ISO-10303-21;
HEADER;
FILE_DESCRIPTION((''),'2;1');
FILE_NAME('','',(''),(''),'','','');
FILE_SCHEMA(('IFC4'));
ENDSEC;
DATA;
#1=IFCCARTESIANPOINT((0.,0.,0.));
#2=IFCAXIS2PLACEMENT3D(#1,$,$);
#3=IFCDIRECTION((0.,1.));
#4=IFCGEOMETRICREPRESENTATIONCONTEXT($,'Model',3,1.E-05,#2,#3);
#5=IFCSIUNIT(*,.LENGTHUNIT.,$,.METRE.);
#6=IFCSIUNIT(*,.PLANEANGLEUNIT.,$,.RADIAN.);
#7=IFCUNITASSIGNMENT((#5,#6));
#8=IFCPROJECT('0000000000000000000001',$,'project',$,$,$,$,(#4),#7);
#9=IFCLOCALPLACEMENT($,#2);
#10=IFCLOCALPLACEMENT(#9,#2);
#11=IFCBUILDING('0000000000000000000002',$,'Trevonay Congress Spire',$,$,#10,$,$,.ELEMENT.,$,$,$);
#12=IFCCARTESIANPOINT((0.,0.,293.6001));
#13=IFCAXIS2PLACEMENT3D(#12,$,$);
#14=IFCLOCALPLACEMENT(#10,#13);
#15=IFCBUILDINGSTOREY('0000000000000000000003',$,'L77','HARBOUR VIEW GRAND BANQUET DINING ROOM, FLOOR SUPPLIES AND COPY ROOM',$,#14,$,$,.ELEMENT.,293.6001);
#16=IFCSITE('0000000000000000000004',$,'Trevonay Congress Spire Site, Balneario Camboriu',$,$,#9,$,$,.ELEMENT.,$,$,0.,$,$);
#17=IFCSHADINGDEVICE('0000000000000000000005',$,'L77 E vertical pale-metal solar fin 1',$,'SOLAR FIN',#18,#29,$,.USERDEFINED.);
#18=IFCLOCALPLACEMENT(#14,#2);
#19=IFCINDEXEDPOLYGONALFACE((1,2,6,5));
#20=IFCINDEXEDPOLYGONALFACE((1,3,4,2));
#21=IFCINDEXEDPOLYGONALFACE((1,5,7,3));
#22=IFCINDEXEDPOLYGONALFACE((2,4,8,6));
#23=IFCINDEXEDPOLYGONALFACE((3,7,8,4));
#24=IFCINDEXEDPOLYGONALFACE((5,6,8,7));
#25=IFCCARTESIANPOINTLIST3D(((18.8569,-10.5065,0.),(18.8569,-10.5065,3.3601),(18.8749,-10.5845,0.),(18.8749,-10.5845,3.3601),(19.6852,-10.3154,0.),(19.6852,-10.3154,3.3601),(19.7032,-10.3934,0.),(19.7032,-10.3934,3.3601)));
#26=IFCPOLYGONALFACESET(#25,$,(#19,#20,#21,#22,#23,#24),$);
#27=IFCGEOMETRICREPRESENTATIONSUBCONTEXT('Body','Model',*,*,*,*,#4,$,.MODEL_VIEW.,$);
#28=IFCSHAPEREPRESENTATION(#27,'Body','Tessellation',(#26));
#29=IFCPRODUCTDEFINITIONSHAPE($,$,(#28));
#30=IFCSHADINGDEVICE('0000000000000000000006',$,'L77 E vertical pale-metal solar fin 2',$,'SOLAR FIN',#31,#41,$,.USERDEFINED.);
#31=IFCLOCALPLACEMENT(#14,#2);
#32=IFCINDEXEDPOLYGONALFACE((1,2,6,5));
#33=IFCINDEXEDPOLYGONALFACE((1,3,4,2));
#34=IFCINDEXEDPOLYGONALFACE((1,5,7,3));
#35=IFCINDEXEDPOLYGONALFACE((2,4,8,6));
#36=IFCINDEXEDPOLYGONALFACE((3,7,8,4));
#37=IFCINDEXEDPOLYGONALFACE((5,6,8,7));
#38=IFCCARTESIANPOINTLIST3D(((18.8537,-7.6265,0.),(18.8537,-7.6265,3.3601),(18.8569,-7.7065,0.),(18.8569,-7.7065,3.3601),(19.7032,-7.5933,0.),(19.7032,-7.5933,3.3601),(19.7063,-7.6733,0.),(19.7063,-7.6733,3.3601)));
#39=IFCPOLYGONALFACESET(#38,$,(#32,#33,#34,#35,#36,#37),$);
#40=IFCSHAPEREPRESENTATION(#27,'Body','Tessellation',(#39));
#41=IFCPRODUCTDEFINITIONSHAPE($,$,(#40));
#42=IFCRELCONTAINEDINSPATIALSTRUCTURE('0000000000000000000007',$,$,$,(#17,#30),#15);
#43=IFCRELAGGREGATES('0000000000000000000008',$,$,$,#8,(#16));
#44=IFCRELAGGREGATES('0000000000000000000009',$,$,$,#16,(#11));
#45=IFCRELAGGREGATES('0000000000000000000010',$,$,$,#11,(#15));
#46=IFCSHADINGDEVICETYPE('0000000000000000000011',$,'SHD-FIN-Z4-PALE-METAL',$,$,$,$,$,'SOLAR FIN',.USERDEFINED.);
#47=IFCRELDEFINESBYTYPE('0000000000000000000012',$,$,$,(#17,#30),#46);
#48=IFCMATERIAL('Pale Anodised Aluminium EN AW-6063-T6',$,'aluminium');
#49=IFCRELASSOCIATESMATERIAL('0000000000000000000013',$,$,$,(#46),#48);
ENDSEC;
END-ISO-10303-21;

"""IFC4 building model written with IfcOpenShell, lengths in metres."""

from ifc_helpers import new_model, si_unit, direction, frame, origin, origin_2d, place, context, subcontext, project, spatial, rectangle, extrude, material, type_object, element, save


model = new_model("IFC4")

# Units and contexts
model_context = context("Model", 3, precision=1e-05, world=origin(), true_north=direction((0.0, 1.0)))
body_context = subcontext(model_context, "Body", "Model", "MODEL_VIEW")
ifc_project = project(units=[si_unit("LENGTHUNIT", "METRE"), si_unit("PLANEANGLEUNIT", "RADIAN")], contexts=[model_context])

# Site, building, storey
site_placement = place(None, origin())
site = spatial("IfcSite", under=ifc_project, at=site_placement, Name="Trevonay Congress Spire Site, Balneario Camboriu", CompositionType="ELEMENT", RefElevation=0.0)
building_placement = place(site_placement, origin())
building = spatial("IfcBuilding", under=site, at=building_placement, Name="Trevonay Congress Spire", CompositionType="ELEMENT")
storey_placement = place(building_placement, frame((0.0, 0.0, 293.6001)))
storey = spatial("IfcBuildingStorey", under=building, at=storey_placement, Name="L77", Description="HARBOUR VIEW GRAND BANQUET DINING ROOM, FLOOR SUPPLIES AND COPY ROOM", CompositionType="ELEMENT", Elevation=293.6001)

# Shared definitions
ifc_material_1 = material(Name="Pale Anodised Aluminium EN AW-6063-T6", Category="aluminium")

# Shading devices
shading_device_type = type_object("IfcShadingDeviceType", Name="SHD-FIN-Z4-PALE-METAL", ElementType="SOLAR FIN", PredefinedType="USERDEFINED", material=ifc_material_1)
for number, where, z_axis, x_axis, name in (
    (1, (19.28, -10.45, 0.0), (0.0, 0.0, 1.0), (-0.224781, 0.974409, 0.0), "L77 E vertical pale-metal solar fin 1"),
    (2, (19.28, -7.6499, 0.0), (0.0, 0.0, 1.0), (-0.039085, 0.999236, 0.0), "L77 E vertical pale-metal solar fin 2"),
):
    element("IfcShadingDevice", number, at=place(storey_placement, frame(where, z_axis=z_axis, x_axis=x_axis)), inside=storey, type_object=shading_device_type, Name=name, ObjectType="SOLAR FIN", PredefinedType="USERDEFINED", context=body_context, shape_type="SweptSolid", body=[
        extrude(rectangle(XDim=0.0801, YDim=0.8501, at=origin_2d()), origin(), (0.0, 0.0, 1.0), 3.3601),
    ])

save(model, "model.ifc")
